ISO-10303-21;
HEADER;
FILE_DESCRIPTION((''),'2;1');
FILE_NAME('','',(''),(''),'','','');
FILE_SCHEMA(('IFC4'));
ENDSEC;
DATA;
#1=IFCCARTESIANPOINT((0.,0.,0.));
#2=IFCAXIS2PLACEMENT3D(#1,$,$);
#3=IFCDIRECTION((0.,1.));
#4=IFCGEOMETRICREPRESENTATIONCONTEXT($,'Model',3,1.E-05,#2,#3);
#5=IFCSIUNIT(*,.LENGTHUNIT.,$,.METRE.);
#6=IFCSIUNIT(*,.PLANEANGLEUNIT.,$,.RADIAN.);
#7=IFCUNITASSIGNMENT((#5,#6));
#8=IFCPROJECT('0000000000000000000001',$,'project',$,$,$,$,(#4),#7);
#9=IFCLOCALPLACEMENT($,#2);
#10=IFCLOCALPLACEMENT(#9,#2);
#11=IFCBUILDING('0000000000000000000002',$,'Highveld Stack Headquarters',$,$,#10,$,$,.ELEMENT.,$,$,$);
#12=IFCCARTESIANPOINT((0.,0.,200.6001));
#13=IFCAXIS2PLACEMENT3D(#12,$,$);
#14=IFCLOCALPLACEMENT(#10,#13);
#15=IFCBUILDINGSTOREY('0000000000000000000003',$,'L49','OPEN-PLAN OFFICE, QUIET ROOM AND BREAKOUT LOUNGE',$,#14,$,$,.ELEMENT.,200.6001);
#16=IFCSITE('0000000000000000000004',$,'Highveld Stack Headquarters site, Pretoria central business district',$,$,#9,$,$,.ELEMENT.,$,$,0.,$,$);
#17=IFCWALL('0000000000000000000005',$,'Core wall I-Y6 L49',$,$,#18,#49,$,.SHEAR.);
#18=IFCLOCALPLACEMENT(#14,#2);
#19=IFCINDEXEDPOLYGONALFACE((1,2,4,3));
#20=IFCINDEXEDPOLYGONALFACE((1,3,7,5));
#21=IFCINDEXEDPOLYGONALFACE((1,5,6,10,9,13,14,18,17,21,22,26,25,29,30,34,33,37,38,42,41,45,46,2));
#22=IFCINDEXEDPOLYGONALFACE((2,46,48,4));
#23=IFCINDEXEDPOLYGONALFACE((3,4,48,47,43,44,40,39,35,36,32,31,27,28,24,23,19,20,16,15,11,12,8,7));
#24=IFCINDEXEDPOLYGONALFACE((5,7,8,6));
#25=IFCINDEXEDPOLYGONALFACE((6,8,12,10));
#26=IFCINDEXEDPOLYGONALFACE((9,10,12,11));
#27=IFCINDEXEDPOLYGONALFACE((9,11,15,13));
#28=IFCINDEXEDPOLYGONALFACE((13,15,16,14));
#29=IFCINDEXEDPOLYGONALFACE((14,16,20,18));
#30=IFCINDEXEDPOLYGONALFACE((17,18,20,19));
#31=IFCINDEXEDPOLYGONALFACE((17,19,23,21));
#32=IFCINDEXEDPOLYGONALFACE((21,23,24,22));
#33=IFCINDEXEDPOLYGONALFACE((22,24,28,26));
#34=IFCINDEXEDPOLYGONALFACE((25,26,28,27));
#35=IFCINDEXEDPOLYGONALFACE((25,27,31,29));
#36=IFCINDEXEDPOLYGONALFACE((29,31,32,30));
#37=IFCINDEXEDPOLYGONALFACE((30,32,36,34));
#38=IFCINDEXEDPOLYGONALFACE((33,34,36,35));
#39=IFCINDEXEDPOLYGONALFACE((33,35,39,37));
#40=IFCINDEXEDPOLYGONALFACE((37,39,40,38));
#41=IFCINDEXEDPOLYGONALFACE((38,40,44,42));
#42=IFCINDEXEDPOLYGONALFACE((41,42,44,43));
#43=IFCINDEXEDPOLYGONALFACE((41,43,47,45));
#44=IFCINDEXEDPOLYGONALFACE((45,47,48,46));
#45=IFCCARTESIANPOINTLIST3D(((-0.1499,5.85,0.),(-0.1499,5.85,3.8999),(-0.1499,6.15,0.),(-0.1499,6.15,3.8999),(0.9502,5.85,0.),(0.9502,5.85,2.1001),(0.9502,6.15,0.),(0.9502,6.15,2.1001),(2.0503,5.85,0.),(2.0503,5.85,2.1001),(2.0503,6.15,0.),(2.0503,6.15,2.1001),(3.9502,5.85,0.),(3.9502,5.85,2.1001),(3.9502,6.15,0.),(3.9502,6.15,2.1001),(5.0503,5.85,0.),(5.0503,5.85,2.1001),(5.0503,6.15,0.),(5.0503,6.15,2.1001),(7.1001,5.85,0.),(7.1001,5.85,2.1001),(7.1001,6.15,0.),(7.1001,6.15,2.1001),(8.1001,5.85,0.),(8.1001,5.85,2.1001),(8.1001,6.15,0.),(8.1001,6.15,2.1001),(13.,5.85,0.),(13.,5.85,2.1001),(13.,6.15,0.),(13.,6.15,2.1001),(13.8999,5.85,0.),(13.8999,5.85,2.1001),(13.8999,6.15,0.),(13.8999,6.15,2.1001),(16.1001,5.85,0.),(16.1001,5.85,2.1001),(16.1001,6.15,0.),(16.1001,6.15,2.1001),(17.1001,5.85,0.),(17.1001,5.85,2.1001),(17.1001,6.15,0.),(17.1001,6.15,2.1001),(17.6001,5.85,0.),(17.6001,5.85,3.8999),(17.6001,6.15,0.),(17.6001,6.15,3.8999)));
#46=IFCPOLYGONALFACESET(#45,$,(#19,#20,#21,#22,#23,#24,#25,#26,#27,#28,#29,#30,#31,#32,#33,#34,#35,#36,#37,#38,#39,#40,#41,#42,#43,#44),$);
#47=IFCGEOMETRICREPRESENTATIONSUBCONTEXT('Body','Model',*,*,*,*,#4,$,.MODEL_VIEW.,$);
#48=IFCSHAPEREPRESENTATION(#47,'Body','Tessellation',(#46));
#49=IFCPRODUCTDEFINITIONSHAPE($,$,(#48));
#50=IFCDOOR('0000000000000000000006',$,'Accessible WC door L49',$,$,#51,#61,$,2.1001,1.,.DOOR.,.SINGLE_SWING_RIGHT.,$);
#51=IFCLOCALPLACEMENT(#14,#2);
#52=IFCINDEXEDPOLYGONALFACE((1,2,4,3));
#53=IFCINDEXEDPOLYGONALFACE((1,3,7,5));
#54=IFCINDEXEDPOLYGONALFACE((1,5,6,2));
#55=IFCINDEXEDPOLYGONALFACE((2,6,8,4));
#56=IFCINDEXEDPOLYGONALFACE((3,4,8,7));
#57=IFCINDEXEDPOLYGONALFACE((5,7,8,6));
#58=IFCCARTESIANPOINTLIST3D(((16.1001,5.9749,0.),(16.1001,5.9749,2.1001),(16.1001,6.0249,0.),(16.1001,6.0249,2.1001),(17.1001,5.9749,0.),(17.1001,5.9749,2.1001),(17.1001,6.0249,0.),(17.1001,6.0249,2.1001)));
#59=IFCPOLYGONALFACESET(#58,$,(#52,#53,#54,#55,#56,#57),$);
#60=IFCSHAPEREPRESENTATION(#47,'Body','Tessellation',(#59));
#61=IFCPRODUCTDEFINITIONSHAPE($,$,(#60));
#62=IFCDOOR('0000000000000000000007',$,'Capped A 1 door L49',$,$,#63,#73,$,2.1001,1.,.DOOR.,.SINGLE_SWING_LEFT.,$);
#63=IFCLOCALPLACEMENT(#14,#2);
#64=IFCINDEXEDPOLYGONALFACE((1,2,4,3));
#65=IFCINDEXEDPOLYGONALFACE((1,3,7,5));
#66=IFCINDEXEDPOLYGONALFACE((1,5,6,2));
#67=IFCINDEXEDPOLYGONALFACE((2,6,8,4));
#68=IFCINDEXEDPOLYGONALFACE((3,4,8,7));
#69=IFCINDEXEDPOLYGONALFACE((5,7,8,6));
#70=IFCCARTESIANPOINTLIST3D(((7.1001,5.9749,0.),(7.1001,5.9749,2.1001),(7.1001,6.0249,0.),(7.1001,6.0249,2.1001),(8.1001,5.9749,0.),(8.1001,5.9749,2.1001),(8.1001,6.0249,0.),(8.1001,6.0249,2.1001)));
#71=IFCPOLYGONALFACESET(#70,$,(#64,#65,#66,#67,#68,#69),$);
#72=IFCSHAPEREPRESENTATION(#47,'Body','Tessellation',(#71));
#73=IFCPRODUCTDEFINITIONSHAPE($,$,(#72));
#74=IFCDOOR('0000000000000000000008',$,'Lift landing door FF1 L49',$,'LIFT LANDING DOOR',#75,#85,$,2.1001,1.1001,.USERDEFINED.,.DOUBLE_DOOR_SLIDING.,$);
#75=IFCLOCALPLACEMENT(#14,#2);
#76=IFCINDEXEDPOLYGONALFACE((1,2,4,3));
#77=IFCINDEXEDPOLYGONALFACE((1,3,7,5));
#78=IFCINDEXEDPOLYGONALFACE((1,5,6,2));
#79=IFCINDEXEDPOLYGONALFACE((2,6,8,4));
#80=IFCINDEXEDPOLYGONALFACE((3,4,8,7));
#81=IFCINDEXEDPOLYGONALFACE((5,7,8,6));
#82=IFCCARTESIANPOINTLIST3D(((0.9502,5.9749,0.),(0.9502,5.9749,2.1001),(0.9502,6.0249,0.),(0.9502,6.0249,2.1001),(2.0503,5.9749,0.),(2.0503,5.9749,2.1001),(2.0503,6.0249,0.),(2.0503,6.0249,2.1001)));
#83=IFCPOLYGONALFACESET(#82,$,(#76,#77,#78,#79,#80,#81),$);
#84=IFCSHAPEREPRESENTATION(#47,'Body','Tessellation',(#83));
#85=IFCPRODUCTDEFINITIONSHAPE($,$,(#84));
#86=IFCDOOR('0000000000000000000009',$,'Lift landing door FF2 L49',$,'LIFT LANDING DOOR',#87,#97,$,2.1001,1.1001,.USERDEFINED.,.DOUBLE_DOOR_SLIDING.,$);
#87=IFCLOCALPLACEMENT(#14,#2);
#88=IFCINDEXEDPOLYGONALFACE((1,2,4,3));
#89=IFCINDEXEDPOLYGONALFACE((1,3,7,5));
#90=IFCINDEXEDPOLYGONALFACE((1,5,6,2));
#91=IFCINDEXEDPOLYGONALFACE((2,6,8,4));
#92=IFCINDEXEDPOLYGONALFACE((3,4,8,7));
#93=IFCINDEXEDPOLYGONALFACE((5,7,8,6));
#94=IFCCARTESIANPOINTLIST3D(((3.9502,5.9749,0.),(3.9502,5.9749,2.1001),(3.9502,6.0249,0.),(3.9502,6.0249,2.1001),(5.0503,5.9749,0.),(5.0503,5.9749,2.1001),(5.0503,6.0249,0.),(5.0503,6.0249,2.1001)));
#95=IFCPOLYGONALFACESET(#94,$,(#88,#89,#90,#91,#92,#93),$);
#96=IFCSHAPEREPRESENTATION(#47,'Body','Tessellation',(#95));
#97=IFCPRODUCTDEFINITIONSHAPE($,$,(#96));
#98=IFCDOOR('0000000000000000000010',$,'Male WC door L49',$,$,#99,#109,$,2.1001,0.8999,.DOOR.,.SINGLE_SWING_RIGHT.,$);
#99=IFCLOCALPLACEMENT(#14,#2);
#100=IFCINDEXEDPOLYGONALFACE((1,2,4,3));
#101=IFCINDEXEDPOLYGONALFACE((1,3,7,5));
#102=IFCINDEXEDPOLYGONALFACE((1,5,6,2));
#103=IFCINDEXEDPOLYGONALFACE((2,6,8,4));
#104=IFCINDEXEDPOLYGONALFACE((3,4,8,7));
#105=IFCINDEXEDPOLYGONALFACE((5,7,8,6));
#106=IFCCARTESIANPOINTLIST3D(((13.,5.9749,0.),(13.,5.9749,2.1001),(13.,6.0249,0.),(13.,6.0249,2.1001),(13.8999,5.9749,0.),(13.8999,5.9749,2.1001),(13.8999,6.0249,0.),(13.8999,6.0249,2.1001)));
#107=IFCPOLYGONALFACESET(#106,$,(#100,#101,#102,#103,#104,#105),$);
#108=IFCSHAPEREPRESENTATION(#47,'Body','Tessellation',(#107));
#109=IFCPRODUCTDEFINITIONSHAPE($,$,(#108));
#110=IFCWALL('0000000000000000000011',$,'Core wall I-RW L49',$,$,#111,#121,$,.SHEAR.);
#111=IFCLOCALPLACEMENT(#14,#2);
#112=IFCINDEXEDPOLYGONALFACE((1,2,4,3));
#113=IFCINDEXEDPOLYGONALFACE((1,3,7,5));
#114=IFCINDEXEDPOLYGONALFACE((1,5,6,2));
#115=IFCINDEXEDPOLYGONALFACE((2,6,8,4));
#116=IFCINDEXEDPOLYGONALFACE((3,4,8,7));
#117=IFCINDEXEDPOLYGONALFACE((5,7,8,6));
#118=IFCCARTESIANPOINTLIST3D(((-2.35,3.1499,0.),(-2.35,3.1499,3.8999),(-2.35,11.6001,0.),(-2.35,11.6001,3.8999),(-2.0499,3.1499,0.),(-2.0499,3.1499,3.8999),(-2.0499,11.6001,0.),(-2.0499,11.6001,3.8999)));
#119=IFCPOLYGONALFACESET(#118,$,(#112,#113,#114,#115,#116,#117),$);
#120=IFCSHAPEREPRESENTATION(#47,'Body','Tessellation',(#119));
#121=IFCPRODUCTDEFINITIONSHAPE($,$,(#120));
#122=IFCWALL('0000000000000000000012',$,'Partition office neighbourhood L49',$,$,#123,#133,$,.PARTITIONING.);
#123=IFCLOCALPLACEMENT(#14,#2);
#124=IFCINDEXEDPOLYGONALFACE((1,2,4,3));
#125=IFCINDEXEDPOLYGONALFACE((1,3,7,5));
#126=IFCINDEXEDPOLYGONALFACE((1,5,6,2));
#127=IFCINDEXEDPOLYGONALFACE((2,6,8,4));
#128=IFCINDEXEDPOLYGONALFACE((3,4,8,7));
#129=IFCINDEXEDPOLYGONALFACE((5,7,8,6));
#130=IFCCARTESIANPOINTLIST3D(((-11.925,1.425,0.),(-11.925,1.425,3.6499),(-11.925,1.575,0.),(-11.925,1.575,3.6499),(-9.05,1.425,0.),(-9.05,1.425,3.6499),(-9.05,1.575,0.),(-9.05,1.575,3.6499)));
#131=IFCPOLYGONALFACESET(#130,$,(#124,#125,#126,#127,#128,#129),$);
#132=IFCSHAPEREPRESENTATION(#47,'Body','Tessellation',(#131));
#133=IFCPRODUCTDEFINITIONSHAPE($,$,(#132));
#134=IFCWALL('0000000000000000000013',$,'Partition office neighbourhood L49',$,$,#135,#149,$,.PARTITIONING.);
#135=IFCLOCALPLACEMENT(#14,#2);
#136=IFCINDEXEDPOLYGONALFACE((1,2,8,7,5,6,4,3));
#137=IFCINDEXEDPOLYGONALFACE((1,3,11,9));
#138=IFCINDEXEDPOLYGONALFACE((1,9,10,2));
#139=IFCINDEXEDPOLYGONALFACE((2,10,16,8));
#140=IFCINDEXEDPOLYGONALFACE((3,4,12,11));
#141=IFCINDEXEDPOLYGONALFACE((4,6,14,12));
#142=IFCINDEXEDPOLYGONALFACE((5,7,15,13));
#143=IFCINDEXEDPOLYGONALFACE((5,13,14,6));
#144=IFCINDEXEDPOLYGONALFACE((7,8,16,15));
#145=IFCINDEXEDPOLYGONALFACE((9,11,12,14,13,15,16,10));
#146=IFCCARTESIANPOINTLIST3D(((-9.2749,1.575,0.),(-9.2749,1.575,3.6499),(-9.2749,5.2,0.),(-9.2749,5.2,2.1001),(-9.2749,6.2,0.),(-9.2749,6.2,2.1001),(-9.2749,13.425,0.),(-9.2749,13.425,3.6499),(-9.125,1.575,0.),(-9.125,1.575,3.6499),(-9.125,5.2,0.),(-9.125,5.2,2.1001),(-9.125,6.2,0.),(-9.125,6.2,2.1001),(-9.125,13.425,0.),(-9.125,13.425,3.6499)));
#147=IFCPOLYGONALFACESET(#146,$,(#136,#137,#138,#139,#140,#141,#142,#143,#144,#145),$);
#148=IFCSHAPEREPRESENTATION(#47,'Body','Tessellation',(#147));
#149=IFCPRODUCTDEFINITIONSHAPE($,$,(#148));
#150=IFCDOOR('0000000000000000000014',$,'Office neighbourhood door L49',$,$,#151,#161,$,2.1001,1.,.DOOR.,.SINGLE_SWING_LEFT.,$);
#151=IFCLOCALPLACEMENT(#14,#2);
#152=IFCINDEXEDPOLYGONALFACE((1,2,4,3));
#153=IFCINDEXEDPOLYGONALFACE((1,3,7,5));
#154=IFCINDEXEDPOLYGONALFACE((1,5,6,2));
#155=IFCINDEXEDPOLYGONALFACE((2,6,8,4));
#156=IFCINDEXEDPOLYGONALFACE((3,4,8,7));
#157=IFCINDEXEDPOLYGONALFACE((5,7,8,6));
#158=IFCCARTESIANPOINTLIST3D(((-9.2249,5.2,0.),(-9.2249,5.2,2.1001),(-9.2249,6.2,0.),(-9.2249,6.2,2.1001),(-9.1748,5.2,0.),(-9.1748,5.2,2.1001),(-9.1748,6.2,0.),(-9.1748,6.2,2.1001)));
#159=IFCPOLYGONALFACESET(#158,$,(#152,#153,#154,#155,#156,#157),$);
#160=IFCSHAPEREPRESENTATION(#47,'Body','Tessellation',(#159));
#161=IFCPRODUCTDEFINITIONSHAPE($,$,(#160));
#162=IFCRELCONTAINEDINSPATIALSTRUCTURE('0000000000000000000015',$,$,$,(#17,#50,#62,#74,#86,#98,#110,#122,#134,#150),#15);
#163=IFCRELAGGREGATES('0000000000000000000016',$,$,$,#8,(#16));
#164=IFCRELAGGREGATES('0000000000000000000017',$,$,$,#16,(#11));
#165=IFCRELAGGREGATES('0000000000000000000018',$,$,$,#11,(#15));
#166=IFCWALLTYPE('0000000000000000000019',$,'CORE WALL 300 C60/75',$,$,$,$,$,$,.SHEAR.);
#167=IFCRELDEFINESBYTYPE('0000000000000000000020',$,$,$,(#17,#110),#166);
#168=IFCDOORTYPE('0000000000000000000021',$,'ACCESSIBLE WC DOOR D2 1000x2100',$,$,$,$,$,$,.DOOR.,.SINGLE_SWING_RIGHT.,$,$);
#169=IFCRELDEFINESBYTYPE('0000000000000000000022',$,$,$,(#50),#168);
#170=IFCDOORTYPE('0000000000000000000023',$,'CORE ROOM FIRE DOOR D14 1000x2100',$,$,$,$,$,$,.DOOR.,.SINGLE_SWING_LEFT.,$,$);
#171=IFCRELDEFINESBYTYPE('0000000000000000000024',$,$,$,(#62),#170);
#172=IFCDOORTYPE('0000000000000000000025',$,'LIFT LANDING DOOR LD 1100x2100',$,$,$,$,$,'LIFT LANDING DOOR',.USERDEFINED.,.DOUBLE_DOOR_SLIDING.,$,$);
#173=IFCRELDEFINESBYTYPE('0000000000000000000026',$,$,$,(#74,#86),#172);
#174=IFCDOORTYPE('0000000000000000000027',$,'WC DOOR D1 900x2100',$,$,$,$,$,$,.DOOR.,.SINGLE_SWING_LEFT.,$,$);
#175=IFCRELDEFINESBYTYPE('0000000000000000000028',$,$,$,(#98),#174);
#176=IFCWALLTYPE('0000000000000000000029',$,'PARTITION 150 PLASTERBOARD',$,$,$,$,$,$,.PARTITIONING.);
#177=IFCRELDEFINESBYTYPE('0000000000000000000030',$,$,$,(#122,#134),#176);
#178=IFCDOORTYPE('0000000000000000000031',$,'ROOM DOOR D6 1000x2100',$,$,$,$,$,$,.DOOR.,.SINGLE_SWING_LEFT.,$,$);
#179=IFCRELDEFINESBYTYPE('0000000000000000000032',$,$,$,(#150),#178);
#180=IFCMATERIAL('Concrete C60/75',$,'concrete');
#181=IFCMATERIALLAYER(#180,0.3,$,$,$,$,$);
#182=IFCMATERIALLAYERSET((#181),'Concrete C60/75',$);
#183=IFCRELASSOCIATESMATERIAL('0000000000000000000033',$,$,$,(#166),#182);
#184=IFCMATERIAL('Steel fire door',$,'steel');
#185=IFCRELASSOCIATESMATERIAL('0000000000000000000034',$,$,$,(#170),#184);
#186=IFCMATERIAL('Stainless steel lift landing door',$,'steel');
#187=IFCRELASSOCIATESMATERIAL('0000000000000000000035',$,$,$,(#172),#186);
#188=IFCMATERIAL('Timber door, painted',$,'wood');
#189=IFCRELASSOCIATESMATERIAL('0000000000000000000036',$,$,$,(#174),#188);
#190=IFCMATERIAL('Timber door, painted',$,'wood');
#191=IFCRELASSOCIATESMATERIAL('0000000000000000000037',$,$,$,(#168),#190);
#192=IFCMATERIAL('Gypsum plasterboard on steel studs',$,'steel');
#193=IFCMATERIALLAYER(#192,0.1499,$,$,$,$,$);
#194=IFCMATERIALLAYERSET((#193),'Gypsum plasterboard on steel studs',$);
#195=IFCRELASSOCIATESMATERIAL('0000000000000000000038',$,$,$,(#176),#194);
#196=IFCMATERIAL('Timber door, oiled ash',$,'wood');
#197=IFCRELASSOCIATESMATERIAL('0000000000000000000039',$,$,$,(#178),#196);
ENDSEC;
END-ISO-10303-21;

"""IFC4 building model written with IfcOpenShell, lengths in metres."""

from ifc_helpers import new_model, si_unit, direction, frame, frame_2d, origin, place, context, subcontext, project, spatial, rectangle, extrude, material, layer, layer_set, type_object, element, fill, save


model = new_model("IFC4")

# Units and contexts
model_context = context("Model", 3, precision=1e-05, world=origin(), true_north=direction((0.0, 1.0)))
body_context = subcontext(model_context, "Body", "Model", "MODEL_VIEW")
ifc_project = project(units=[si_unit("LENGTHUNIT", "METRE"), si_unit("PLANEANGLEUNIT", "RADIAN")], contexts=[model_context])

# Site, building, storey
site_placement = place(None, origin())
site = spatial("IfcSite", under=ifc_project, at=site_placement, Name="Highveld Stack Headquarters site, Pretoria central business district", CompositionType="ELEMENT", RefElevation=0.0)
building_placement = place(site_placement, origin())
building = spatial("IfcBuilding", under=site, at=building_placement, Name="Highveld Stack Headquarters", CompositionType="ELEMENT")
storey_placement = place(building_placement, frame((0.0, 0.0, 200.6001)))
storey = spatial("IfcBuildingStorey", under=building, at=storey_placement, Name="L49", Description="OPEN-PLAN OFFICE, QUIET ROOM AND BREAKOUT LOUNGE", CompositionType="ELEMENT", Elevation=200.6001)

# Wall, openings, doors
ifc_material_1 = material(Name="Concrete C60/75", Category="concrete")
ifc_layer_1 = layer(ifc_material_1, 0.3)
ifc_layer_set_1 = layer_set([ifc_layer_1], Name="Concrete C60/75")
wall_type_1 = type_object("IfcWallType", Name="CORE WALL 300 C60/75", PredefinedType="SHEAR", material=ifc_layer_set_1)
ifc_material_2 = material(Name="Steel fire door", Category="steel")
door_type_1 = type_object("IfcDoorType", Name="CORE ROOM FIRE DOOR D14 1000x2100", OperationType="SINGLE_SWING_LEFT", PredefinedType="DOOR", material=ifc_material_2)
ifc_material_3 = material(Name="Stainless steel lift landing door", Category="steel")
door_type_2 = type_object("IfcDoorType", Name="LIFT LANDING DOOR LD 1100x2100", ElementType="LIFT LANDING DOOR", OperationType="DOUBLE_DOOR_SLIDING", PredefinedType="USERDEFINED", material=ifc_material_3)
ifc_material_4 = material(Name="Timber door, painted", Category="wood")
door_type_3 = type_object("IfcDoorType", Name="WC DOOR D1 900x2100", OperationType="SINGLE_SWING_LEFT", PredefinedType="DOOR", material=ifc_material_4)
wall_1_placement = place(storey_placement, frame((-0.1499, 6.0, 0.0), z_axis=(0.0, 0.0, 1.0), x_axis=(1.0, 0.0, 0.0)))
wall_1 = element("IfcWall", 1, at=wall_1_placement, inside=storey, type_object=wall_type_1, Name="Core wall I-Y6 L49", PredefinedType="SHEAR", context=body_context, shape_type="SweptSolid", body=[
    extrude(rectangle(XDim=17.75, YDim=0.3, at=frame_2d((8.875, 0.0))), origin(), (0.0, 0.0, 1.0), 3.8999),
])
opening_1_placement = place(wall_1_placement, frame((13.1499, 0.0, 0.0)))
opening_1 = element("IfcOpeningElement", 2, at=opening_1_placement, cuts=wall_1, PredefinedType="OPENING", context=body_context, shape_type="SweptSolid", body=[
    extrude(rectangle(XDim=0.8999, YDim=2.1001, at=frame_2d((0.45, 1.05))), frame((0.0, 0.1599, 0.0), z_axis=(0.0, -1.0, 0.0), x_axis=(1.0, 0.0, 0.0)), (0.0, 0.0, 1.0), 0.3201),
])
opening_2_placement = place(wall_1_placement, frame((16.25, 0.0, 0.0)))
opening_2 = element("IfcOpeningElement", 3, at=opening_2_placement, cuts=wall_1, PredefinedType="OPENING", context=body_context, shape_type="SweptSolid", body=[
    extrude(rectangle(XDim=1.0, YDim=2.1001, at=frame_2d((0.5, 1.05))), frame((0.0, 0.1599, 0.0), z_axis=(0.0, -1.0, 0.0), x_axis=(1.0, 0.0, 0.0)), (0.0, 0.0, 1.0), 0.3201),
])
opening_3_placement = place(wall_1_placement, frame((7.25, 0.0, 0.0)))
opening_3 = element("IfcOpeningElement", 4, at=opening_3_placement, cuts=wall_1, PredefinedType="OPENING", context=body_context, shape_type="SweptSolid", body=[
    extrude(rectangle(XDim=1.0, YDim=2.1001, at=frame_2d((0.5, 1.05))), frame((0.0, 0.1599, 0.0), z_axis=(0.0, -1.0, 0.0), x_axis=(1.0, 0.0, 0.0)), (0.0, 0.0, 1.0), 0.3201),
])
opening_4_placement = place(wall_1_placement, frame((1.1001, 0.0, 0.0)))
opening_4 = element("IfcOpeningElement", 5, at=opening_4_placement, cuts=wall_1, PredefinedType="OPENING", context=body_context, shape_type="SweptSolid", body=[
    extrude(rectangle(XDim=1.1001, YDim=2.1001, at=frame_2d((0.55, 1.05))), frame((0.0, 0.1599, 0.0), z_axis=(0.0, -1.0, 0.0), x_axis=(1.0, 0.0, 0.0)), (0.0, 0.0, 1.0), 0.3201),
])
opening_5_placement = place(wall_1_placement, frame((4.1001, 0.0, 0.0)))
opening_5 = element("IfcOpeningElement", 6, at=opening_5_placement, cuts=wall_1, PredefinedType="OPENING", context=body_context, shape_type="SweptSolid", body=[
    extrude(rectangle(XDim=1.1001, YDim=2.1001, at=frame_2d((0.55, 1.05))), frame((0.0, 0.1599, 0.0), z_axis=(0.0, -1.0, 0.0), x_axis=(1.0, 0.0, 0.0)), (0.0, 0.0, 1.0), 0.3201),
])
ifc_material_5 = material(Name="Timber door, painted", Category="wood")
door_type_4 = type_object("IfcDoorType", Name="ACCESSIBLE WC DOOR D2 1000x2100", OperationType="SINGLE_SWING_RIGHT", PredefinedType="DOOR", material=ifc_material_5)
door_1_placement = place(opening_2_placement, origin())
door_1 = element("IfcDoor", 7, at=door_1_placement, inside=storey, type_object=door_type_4, Name="Accessible WC door L49", OperationType="SINGLE_SWING_RIGHT", OverallHeight=2.1001, OverallWidth=1.0, PredefinedType="DOOR", context=body_context, shape_type="SweptSolid", body=[
    extrude(rectangle(XDim=1.0, YDim=2.1001, at=frame_2d((0.5, 1.05))), frame((0.0, 0.0249, 0.0), z_axis=(0.0, -1.0, 0.0), x_axis=(1.0, 0.0, 0.0)), (0.0, 0.0, 1.0), 0.05),
])
fill(opening_2, door_1)
door_2_placement = place(opening_3_placement, origin())
door_2 = element("IfcDoor", 8, at=door_2_placement, inside=storey, type_object=door_type_1, Name="Capped A 1 door L49", OperationType="SINGLE_SWING_LEFT", OverallHeight=2.1001, OverallWidth=1.0, PredefinedType="DOOR", context=body_context, shape_type="SweptSolid", body=[
    extrude(rectangle(XDim=1.0, YDim=2.1001, at=frame_2d((0.5, 1.05))), frame((0.0, 0.0249, 0.0), z_axis=(0.0, -1.0, 0.0), x_axis=(1.0, 0.0, 0.0)), (0.0, 0.0, 1.0), 0.05),
])
fill(opening_3, door_2)
door_3_placement = place(opening_4_placement, origin())
door_3 = element("IfcDoor", 9, at=door_3_placement, inside=storey, type_object=door_type_2, Name="Lift landing door FF1 L49", ObjectType="LIFT LANDING DOOR", OperationType="DOUBLE_DOOR_SLIDING", OverallHeight=2.1001, OverallWidth=1.1001, PredefinedType="USERDEFINED", context=body_context, shape_type="SweptSolid", body=[
    extrude(rectangle(XDim=1.1001, YDim=2.1001, at=frame_2d((0.55, 1.05))), frame((0.0, 0.0249, 0.0), z_axis=(0.0, -1.0, 0.0), x_axis=(1.0, 0.0, 0.0)), (0.0, 0.0, 1.0), 0.05),
])
fill(opening_4, door_3)
door_4_placement = place(opening_5_placement, origin())
door_4 = element("IfcDoor", 10, at=door_4_placement, inside=storey, type_object=door_type_2, Name="Lift landing door FF2 L49", ObjectType="LIFT LANDING DOOR", OperationType="DOUBLE_DOOR_SLIDING", OverallHeight=2.1001, OverallWidth=1.1001, PredefinedType="USERDEFINED", context=body_context, shape_type="SweptSolid", body=[
    extrude(rectangle(XDim=1.1001, YDim=2.1001, at=frame_2d((0.55, 1.05))), frame((0.0, 0.0249, 0.0), z_axis=(0.0, -1.0, 0.0), x_axis=(1.0, 0.0, 0.0)), (0.0, 0.0, 1.0), 0.05),
])
fill(opening_5, door_4)
door_5_placement = place(opening_1_placement, origin())
door_5 = element("IfcDoor", 11, at=door_5_placement, inside=storey, type_object=door_type_3, Name="Male WC door L49", OperationType="SINGLE_SWING_RIGHT", OverallHeight=2.1001, OverallWidth=0.8999, PredefinedType="DOOR", context=body_context, shape_type="SweptSolid", body=[
    extrude(rectangle(XDim=0.8999, YDim=2.1001, at=frame_2d((0.45, 1.05))), frame((0.0, 0.0249, 0.0), z_axis=(0.0, -1.0, 0.0), x_axis=(1.0, 0.0, 0.0)), (0.0, 0.0, 1.0), 0.05),
])
fill(opening_1, door_5)

# Walls
wall_2_placement = place(storey_placement, frame((-2.2, 3.1499, 0.0), z_axis=(0.0, 0.0, 1.0), x_axis=(0.0, 1.0, 0.0)))
element("IfcWall", 12, at=wall_2_placement, inside=storey, type_object=wall_type_1, Name="Core wall I-RW L49", PredefinedType="SHEAR", context=body_context, shape_type="SweptSolid", body=[
    extrude(rectangle(XDim=8.4502, YDim=0.3, at=frame_2d((4.2251, 0.0))), origin(), (0.0, 0.0, 1.0), 3.8999),
])
ifc_material_6 = material(Name="Gypsum plasterboard on steel studs", Category="steel")
ifc_layer_2 = layer(ifc_material_6, 0.1499)
ifc_layer_set_2 = layer_set([ifc_layer_2], Name="Gypsum plasterboard on steel studs")
wall_type_2 = type_object("IfcWallType", Name="PARTITION 150 PLASTERBOARD", PredefinedType="PARTITIONING", material=ifc_layer_set_2)
wall_3_placement = place(storey_placement, frame((-11.925, 1.5, 0.0), z_axis=(0.0, 0.0, 1.0), x_axis=(1.0, 0.0, 0.0)))
element("IfcWall", 13, at=wall_3_placement, inside=storey, type_object=wall_type_2, Name="Partition office neighbourhood L49", PredefinedType="PARTITIONING", context=body_context, shape_type="SweptSolid", body=[
    extrude(rectangle(XDim=2.875, YDim=0.1499, at=frame_2d((1.4375, 0.0))), origin(), (0.0, 0.0, 1.0), 3.6499),
])

# Wall, opening, door
wall_4_placement = place(storey_placement, frame((-9.2, 1.575, 0.0), z_axis=(0.0, 0.0, 1.0), x_axis=(0.0, 1.0, 0.0)))
wall_4 = element("IfcWall", 14, at=wall_4_placement, inside=storey, type_object=wall_type_2, Name="Partition office neighbourhood L49", PredefinedType="PARTITIONING", context=body_context, shape_type="SweptSolid", body=[
    extrude(rectangle(XDim=11.8501, YDim=0.1499, at=frame_2d((5.925, 0.0))), origin(), (0.0, 0.0, 1.0), 3.6499),
])
opening_6_placement = place(wall_4_placement, frame((3.625, 0.0, 0.0)))
opening_6 = element("IfcOpeningElement", 15, at=opening_6_placement, cuts=wall_4, PredefinedType="OPENING", context=body_context, shape_type="SweptSolid", body=[
    extrude(rectangle(XDim=1.0, YDim=2.1001, at=frame_2d((0.5, 1.05))), frame((0.0, 0.085, 0.0), z_axis=(0.0, -1.0, 0.0), x_axis=(1.0, 0.0, 0.0)), (0.0, 0.0, 1.0), 0.1699),
])
ifc_material_7 = material(Name="Timber door, oiled ash", Category="wood")
door_type_5 = type_object("IfcDoorType", Name="ROOM DOOR D6 1000x2100", OperationType="SINGLE_SWING_LEFT", PredefinedType="DOOR", material=ifc_material_7)
door_6_placement = place(opening_6_placement, origin())
door_6 = element("IfcDoor", 16, at=door_6_placement, inside=storey, type_object=door_type_5, Name="Office neighbourhood door L49", OperationType="SINGLE_SWING_LEFT", OverallHeight=2.1001, OverallWidth=1.0, PredefinedType="DOOR", context=body_context, shape_type="SweptSolid", body=[
    extrude(rectangle(XDim=1.0, YDim=2.1001, at=frame_2d((0.5, 1.05))), frame((0.0, 0.0249, 0.0), z_axis=(0.0, -1.0, 0.0), x_axis=(1.0, 0.0, 0.0)), (0.0, 0.0, 1.0), 0.05),
])
fill(opening_6, door_6)

save(model, "model.ifc")
